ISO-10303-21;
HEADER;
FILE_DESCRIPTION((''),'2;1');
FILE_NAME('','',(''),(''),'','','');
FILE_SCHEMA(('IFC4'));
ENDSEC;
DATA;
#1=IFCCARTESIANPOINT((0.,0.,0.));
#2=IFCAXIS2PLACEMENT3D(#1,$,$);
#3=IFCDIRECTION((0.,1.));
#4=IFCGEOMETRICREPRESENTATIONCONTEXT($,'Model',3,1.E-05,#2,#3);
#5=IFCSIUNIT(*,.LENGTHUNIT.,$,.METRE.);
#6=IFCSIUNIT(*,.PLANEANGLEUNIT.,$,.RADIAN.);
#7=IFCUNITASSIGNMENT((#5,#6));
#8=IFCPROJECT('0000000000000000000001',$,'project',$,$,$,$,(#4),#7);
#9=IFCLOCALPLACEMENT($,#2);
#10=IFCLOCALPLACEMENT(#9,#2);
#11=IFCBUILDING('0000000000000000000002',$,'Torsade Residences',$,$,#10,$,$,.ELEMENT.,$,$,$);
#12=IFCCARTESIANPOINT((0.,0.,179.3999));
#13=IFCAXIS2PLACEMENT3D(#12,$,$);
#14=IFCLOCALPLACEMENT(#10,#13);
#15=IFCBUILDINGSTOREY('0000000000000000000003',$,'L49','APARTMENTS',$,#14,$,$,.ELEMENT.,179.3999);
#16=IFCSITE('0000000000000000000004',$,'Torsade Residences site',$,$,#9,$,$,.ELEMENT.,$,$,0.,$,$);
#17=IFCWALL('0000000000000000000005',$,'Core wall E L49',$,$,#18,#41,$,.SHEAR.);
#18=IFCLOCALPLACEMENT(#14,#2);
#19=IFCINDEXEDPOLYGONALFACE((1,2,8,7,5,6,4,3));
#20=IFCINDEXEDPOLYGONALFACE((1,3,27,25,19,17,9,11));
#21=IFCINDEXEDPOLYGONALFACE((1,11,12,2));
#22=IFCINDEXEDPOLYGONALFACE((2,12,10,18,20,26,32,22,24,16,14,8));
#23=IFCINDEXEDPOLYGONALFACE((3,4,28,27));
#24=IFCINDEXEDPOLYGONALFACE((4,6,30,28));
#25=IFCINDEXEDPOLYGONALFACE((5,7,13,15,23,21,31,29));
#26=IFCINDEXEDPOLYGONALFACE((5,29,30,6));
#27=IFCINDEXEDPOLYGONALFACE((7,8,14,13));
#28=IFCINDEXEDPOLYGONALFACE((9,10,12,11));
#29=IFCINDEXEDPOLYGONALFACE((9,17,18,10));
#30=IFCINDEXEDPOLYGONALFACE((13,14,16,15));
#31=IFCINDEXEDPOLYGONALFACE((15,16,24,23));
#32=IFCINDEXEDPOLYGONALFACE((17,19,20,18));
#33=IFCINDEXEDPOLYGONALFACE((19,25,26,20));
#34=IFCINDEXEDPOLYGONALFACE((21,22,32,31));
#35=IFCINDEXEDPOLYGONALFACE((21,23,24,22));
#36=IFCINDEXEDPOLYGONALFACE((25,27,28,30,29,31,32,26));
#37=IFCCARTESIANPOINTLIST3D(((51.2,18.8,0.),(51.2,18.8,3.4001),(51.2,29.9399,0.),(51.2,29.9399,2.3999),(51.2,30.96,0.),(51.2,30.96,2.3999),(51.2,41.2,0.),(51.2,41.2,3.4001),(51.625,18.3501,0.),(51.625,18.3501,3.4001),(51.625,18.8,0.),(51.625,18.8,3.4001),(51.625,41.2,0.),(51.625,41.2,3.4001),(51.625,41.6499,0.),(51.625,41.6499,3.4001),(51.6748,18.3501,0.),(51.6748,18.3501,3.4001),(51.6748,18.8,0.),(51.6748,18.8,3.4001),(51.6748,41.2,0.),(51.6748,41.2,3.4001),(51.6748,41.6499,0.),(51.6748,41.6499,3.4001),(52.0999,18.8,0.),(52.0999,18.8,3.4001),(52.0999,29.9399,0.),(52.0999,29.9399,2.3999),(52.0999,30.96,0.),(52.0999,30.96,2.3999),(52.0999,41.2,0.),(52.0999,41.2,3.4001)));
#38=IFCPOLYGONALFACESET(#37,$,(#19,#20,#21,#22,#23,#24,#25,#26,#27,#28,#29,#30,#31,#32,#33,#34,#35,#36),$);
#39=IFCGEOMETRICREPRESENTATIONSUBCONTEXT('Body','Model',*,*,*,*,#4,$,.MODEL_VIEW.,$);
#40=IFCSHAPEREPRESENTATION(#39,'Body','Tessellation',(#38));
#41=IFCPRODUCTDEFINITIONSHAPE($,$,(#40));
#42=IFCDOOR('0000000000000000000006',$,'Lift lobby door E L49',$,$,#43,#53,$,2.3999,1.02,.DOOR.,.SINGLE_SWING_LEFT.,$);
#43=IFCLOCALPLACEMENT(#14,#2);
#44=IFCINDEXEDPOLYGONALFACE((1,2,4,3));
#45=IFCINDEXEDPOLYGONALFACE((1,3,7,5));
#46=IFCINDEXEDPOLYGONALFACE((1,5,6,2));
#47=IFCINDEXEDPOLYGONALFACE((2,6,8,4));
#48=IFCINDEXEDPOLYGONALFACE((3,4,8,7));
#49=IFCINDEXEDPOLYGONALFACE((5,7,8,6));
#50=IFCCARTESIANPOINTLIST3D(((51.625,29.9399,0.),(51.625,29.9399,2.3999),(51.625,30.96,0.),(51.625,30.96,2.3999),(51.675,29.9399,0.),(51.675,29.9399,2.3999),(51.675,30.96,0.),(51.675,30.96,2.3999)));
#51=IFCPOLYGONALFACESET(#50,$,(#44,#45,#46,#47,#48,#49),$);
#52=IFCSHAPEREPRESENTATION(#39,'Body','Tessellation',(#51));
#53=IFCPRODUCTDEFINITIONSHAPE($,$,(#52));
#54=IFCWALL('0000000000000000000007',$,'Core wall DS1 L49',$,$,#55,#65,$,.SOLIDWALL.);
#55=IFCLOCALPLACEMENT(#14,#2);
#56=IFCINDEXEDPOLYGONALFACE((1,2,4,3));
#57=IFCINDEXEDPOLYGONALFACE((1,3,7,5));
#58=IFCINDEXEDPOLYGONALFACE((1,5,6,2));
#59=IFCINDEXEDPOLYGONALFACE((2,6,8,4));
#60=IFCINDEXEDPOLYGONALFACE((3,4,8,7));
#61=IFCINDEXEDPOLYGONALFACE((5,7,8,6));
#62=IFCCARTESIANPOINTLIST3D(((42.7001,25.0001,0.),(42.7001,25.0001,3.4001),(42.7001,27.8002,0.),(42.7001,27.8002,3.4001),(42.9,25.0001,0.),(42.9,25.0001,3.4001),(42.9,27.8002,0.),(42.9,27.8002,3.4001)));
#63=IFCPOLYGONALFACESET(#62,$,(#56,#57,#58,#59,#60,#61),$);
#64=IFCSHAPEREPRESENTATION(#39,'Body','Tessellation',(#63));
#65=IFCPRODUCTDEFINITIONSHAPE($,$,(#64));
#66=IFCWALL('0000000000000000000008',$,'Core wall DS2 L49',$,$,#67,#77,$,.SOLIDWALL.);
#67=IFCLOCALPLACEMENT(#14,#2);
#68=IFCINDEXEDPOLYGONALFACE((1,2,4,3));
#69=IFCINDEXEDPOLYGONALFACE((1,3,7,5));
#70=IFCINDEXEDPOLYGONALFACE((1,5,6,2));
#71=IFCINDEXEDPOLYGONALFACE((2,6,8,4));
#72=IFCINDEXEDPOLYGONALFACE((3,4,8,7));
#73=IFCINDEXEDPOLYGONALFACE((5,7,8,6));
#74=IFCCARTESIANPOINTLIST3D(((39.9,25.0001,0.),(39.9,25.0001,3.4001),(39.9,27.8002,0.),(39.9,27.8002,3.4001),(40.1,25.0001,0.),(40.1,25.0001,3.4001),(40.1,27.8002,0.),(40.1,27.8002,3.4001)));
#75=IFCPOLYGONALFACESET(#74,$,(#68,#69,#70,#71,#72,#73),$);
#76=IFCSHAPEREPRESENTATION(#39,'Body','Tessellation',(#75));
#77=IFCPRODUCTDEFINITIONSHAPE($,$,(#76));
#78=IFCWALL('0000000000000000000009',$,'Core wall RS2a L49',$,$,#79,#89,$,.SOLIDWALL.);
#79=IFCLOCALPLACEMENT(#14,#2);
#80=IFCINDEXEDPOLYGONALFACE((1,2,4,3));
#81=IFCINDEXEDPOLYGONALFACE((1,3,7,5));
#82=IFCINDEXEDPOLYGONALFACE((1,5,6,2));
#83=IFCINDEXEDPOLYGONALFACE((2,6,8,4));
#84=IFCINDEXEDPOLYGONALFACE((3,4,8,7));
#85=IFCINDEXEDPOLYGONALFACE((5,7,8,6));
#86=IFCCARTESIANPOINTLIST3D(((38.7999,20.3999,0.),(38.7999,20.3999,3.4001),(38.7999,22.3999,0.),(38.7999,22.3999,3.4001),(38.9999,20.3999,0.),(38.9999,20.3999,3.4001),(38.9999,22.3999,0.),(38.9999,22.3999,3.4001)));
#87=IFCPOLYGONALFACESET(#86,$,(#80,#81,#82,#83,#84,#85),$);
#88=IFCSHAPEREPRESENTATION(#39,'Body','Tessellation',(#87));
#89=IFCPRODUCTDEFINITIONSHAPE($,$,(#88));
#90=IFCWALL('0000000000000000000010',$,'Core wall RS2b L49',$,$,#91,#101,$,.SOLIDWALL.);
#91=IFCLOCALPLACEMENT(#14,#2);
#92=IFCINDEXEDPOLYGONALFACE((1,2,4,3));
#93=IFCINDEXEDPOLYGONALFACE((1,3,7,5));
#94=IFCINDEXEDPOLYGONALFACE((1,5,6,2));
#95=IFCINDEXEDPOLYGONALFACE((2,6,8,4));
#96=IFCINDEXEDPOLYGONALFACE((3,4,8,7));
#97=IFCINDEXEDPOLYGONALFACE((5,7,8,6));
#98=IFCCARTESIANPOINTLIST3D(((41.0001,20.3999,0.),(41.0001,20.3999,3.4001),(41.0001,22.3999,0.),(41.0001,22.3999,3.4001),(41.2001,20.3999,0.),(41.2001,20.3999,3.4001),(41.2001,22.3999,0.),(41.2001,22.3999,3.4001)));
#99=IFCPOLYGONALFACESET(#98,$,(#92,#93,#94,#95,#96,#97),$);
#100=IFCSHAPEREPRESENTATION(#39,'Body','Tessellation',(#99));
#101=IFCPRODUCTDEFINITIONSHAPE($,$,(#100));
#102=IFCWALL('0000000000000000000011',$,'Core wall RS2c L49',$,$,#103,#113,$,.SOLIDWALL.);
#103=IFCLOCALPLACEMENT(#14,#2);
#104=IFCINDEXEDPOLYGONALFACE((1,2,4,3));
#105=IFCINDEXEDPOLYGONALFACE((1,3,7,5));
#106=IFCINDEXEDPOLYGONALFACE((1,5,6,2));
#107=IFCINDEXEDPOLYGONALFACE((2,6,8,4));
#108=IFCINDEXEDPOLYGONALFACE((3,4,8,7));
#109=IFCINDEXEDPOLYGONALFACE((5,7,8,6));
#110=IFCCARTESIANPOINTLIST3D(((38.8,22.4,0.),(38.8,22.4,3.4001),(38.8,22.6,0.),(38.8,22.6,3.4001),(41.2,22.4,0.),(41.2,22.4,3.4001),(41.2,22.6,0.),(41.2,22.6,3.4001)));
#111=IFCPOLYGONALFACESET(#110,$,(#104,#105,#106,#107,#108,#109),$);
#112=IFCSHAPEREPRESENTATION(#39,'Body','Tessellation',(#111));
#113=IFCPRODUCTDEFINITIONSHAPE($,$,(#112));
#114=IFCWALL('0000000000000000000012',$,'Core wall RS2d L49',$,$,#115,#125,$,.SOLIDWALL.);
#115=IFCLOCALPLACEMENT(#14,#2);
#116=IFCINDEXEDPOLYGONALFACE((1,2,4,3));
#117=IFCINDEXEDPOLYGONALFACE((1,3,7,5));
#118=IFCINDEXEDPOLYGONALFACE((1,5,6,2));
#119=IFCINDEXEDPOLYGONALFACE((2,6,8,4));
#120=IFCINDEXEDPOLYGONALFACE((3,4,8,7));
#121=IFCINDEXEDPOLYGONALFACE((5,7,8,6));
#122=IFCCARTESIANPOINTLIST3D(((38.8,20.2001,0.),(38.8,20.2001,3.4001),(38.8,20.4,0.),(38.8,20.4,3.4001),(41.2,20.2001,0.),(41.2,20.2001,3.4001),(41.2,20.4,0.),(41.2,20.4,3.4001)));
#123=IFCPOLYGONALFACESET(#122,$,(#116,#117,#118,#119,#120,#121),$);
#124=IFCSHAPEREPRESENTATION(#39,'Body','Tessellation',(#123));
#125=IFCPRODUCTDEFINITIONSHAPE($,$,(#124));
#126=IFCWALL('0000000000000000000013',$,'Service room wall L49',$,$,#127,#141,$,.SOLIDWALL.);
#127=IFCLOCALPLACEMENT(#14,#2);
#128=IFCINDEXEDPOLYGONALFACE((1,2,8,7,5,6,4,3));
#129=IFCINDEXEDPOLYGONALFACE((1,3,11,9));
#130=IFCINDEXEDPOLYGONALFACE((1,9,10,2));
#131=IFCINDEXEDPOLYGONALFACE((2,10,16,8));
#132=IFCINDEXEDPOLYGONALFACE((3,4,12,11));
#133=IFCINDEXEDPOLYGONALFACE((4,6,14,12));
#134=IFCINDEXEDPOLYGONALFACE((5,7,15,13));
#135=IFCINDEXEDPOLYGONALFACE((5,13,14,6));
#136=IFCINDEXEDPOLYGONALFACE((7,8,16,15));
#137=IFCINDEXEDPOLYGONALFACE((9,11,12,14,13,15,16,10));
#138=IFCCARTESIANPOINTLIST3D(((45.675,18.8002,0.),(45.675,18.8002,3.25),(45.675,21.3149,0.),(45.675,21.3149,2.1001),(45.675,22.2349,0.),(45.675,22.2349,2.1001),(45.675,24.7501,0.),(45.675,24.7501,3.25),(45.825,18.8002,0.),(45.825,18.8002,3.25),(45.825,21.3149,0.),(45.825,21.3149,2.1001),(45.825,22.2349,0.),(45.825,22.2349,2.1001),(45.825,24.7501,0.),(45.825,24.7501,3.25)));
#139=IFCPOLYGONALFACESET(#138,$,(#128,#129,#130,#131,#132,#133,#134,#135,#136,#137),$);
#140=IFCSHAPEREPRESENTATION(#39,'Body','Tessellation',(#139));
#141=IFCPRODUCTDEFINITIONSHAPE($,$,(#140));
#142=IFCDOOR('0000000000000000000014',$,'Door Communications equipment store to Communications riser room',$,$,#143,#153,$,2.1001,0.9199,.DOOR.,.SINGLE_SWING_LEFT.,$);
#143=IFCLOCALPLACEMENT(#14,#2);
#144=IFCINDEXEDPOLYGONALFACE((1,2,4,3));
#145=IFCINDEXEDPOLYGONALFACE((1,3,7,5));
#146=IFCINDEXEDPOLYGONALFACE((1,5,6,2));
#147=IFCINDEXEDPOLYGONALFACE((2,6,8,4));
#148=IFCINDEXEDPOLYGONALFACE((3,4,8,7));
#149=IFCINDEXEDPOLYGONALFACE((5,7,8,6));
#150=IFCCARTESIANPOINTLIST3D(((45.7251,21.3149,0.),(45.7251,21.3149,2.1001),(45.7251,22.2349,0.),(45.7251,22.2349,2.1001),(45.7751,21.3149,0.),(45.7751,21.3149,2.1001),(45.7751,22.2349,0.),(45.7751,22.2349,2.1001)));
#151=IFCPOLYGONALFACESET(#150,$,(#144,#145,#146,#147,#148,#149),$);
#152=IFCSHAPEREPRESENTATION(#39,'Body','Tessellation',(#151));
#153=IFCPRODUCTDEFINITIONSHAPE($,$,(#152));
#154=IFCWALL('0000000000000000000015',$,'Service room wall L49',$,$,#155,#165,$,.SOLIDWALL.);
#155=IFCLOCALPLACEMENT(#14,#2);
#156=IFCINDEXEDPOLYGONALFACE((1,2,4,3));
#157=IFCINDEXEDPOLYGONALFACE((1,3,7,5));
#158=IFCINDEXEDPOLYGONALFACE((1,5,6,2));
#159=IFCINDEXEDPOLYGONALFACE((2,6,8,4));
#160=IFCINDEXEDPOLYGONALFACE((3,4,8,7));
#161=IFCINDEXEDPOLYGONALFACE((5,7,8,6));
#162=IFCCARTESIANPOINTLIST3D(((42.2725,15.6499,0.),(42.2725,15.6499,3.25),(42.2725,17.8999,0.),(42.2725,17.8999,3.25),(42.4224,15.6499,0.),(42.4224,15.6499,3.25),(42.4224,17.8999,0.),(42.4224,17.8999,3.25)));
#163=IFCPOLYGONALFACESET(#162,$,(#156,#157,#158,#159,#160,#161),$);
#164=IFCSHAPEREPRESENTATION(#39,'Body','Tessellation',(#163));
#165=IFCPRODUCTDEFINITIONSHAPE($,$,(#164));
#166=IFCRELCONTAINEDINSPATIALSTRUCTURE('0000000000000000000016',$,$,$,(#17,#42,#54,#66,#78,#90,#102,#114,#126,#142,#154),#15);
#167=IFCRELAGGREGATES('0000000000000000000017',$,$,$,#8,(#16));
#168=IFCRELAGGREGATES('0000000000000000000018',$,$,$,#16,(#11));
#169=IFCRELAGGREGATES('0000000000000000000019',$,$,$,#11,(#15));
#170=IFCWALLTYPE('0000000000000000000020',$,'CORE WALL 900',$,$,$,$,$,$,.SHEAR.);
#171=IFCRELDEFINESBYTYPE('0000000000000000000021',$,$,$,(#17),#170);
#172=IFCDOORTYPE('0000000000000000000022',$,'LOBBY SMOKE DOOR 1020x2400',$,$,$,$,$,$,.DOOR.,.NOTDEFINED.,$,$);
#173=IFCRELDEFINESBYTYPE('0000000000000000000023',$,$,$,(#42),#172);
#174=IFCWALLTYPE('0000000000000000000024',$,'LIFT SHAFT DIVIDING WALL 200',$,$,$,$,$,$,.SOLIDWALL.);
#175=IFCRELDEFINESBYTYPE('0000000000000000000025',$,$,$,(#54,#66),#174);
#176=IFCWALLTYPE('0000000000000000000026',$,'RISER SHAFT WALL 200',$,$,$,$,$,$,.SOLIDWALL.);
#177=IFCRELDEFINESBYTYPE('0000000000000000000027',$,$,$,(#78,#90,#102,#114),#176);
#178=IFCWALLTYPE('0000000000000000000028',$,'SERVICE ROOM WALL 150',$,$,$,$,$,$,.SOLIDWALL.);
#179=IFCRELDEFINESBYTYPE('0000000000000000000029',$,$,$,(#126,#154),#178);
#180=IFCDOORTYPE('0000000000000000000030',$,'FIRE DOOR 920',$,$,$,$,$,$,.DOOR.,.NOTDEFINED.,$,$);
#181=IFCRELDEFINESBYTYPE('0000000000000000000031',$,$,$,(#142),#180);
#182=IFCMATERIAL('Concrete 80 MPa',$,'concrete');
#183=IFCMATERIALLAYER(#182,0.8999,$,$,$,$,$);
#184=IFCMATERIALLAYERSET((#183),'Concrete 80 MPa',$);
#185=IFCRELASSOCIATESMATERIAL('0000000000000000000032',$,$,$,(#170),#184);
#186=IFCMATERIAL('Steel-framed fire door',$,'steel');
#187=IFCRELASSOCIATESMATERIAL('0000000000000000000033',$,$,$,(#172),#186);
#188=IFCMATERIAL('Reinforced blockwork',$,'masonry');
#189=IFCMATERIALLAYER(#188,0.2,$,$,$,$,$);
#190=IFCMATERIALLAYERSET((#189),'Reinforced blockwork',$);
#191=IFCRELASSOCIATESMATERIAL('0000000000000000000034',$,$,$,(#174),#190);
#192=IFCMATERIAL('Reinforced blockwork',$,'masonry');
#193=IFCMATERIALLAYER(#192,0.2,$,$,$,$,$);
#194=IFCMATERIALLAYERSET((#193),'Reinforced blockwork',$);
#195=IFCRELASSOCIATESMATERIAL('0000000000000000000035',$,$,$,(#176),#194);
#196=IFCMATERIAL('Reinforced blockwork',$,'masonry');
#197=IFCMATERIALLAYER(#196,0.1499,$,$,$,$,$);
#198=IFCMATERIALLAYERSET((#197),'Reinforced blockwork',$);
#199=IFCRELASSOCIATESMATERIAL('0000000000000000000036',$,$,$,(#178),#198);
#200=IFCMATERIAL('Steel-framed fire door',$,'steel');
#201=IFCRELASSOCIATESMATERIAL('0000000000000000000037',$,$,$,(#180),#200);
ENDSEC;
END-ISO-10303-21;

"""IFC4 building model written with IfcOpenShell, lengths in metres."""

from ifc_helpers import new_model, si_unit, direction, frame, frame_2d, origin, place, context, subcontext, project, spatial, polyline, rectangle, outline, extrude, material, layer, layer_set, type_object, element, fill, save


model = new_model("IFC4")

# Units and contexts
model_context = context("Model", 3, precision=1e-05, world=origin(), true_north=direction((0.0, 1.0)))
body_context = subcontext(model_context, "Body", "Model", "MODEL_VIEW")
ifc_project = project(units=[si_unit("LENGTHUNIT", "METRE"), si_unit("PLANEANGLEUNIT", "RADIAN")], contexts=[model_context])

# Site, building, storey
site_placement = place(None, origin())
site = spatial("IfcSite", under=ifc_project, at=site_placement, Name="Torsade Residences site", CompositionType="ELEMENT", RefElevation=0.0)
building_placement = place(site_placement, origin())
building = spatial("IfcBuilding", under=site, at=building_placement, Name="Torsade Residences", CompositionType="ELEMENT")
storey_placement = place(building_placement, frame((0.0, 0.0, 179.3999)))
storey = spatial("IfcBuildingStorey", under=building, at=storey_placement, Name="L49", Description="APARTMENTS", CompositionType="ELEMENT", Elevation=179.3999)

# Shared definitions
ifc_material_1 = material(Name="Concrete 80 MPa", Category="concrete")
ifc_layer_1 = layer(ifc_material_1, 0.8999)
ifc_layer_set_1 = layer_set([ifc_layer_1], Name="Concrete 80 MPa")
wall_type_1 = type_object("IfcWallType", Name="CORE WALL 900", PredefinedType="SHEAR", material=ifc_layer_set_1)

# Wall, opening, door
wall_1_placement = place(storey_placement, frame((51.6499, 18.8, 0.0), z_axis=(0.0, 0.0, 1.0), x_axis=(0.0, 1.0, 0.0)))
wall_1 = element("IfcWall", 1, at=wall_1_placement, inside=storey, type_object=wall_type_1, Name="Core wall E L49", PredefinedType="SHEAR", context=body_context, shape_type="SweptSolid", body=[
    extrude(outline(polyline([(0.0, -0.45), (22.3999, -0.45), (22.3999, -0.0249), (22.8499, -0.0249), (22.8499, 0.0249), (22.3999, 0.0249), (22.3999, 0.45), (0.0, 0.45), (0.0, 0.0249), (-0.45, 0.0249), (-0.45, -0.0249), (0.0, -0.0249), (0.0, -0.45)])), origin(), (0.0, 0.0, 1.0), 3.4001),
])
opening_1_placement = place(wall_1_placement, frame((11.1399, 0.0, 0.0)))
opening_1 = element("IfcOpeningElement", 2, at=opening_1_placement, cuts=wall_1, PredefinedType="OPENING", context=body_context, shape_type="SweptSolid", body=[
    extrude(rectangle(XDim=1.02, YDim=2.3999, at=frame_2d((0.51, 1.2))), frame((0.0, 0.46, 0.0), z_axis=(0.0, -1.0, 0.0), x_axis=(1.0, 0.0, 0.0)), (0.0, 0.0, 1.0), 0.9199),
])
ifc_material_2 = material(Name="Steel-framed fire door", Category="steel")
door_type_1 = type_object("IfcDoorType", Name="LOBBY SMOKE DOOR 1020x2400", OperationType="NOTDEFINED", PredefinedType="DOOR", material=ifc_material_2)
door_1_placement = place(opening_1_placement, origin())
door_1 = element("IfcDoor", 3, at=door_1_placement, inside=storey, type_object=door_type_1, Name="Lift lobby door E L49", OperationType="SINGLE_SWING_LEFT", OverallHeight=2.3999, OverallWidth=1.02, PredefinedType="DOOR", context=body_context, shape_type="SweptSolid", body=[
    extrude(rectangle(XDim=1.02, YDim=2.3999, at=frame_2d((0.51, 1.2))), frame((0.0, 0.0249, 0.0), z_axis=(0.0, -1.0, 0.0), x_axis=(1.0, 0.0, 0.0)), (0.0, 0.0, 1.0), 0.05),
])
fill(opening_1, door_1)

# Walls
ifc_material_3 = material(Name="Reinforced blockwork", Category="masonry")
ifc_layer_2 = layer(ifc_material_3, 0.2)
ifc_layer_set_2 = layer_set([ifc_layer_2], Name="Reinforced blockwork")
wall_type_2 = type_object("IfcWallType", Name="LIFT SHAFT DIVIDING WALL 200", PredefinedType="SOLIDWALL", material=ifc_layer_set_2)
for number, where, z_axis, x_axis, name in (
    (4, (42.8, 27.8, 0.0), (0.0, 0.0, 1.0), (0.0, -1.0, 0.0), "Core wall DS1 L49"),
    (5, (40.0, 27.8, 0.0), (0.0, 0.0, 1.0), (0.0, -1.0, 0.0), "Core wall DS2 L49"),
):
    element("IfcWall", number, at=place(storey_placement, frame(where, z_axis=z_axis, x_axis=x_axis)), inside=storey, type_object=wall_type_2, Name=name, PredefinedType="SOLIDWALL", context=body_context, shape_type="SweptSolid", body=[
        extrude(rectangle(XDim=2.8, YDim=0.2, at=frame_2d((1.3999, 0.0))), origin(), (0.0, 0.0, 1.0), 3.4001),
    ])
ifc_material_4 = material(Name="Reinforced blockwork", Category="masonry")
ifc_layer_3 = layer(ifc_material_4, 0.2)
ifc_layer_set_3 = layer_set([ifc_layer_3], Name="Reinforced blockwork")
wall_type_3 = type_object("IfcWallType", Name="RISER SHAFT WALL 200", PredefinedType="SOLIDWALL", material=ifc_layer_set_3)
for number, where, z_axis, x_axis, name in (
    (6, (38.8999, 22.3999, 0.0), (0.0, 0.0, 1.0), (0.0, -1.0, 0.0), "Core wall RS2a L49"),
    (7, (41.1001, 22.3999, 0.0), (0.0, 0.0, 1.0), (0.0, -1.0, 0.0), "Core wall RS2b L49"),
):
    element("IfcWall", number, at=place(storey_placement, frame(where, z_axis=z_axis, x_axis=x_axis)), inside=storey, type_object=wall_type_3, Name=name, PredefinedType="SOLIDWALL", context=body_context, shape_type="SweptSolid", body=[
        extrude(rectangle(XDim=2.0, YDim=0.2, at=frame_2d((1.0, 0.0))), origin(), (0.0, 0.0, 1.0), 3.4001),
    ])
for number, where, z_axis, x_axis, name in (
    (8, (38.8, 22.5, 0.0), (0.0, 0.0, 1.0), (1.0, 0.0, 0.0), "Core wall RS2c L49"),
    (9, (38.8, 20.3, 0.0), (0.0, 0.0, 1.0), (1.0, 0.0, 0.0), "Core wall RS2d L49"),
):
    element("IfcWall", number, at=place(storey_placement, frame(where, z_axis=z_axis, x_axis=x_axis)), inside=storey, type_object=wall_type_3, Name=name, PredefinedType="SOLIDWALL", context=body_context, shape_type="SweptSolid", body=[
        extrude(rectangle(XDim=2.3999, YDim=0.2, at=frame_2d((1.2, 0.0))), origin(), (0.0, 0.0, 1.0), 3.4001),
    ])

# Wall, opening, door
ifc_material_5 = material(Name="Reinforced blockwork", Category="masonry")
ifc_layer_4 = layer(ifc_material_5, 0.1499)
ifc_layer_set_4 = layer_set([ifc_layer_4], Name="Reinforced blockwork")
wall_type_4 = type_object("IfcWallType", Name="SERVICE ROOM WALL 150", PredefinedType="SOLIDWALL", material=ifc_layer_set_4)
wall_2_placement = place(storey_placement, frame((45.75, 18.8, 0.0), z_axis=(0.0, 0.0, 1.0), x_axis=(0.0, 1.0, 0.0)))
wall_2 = element("IfcWall", 10, at=wall_2_placement, inside=storey, type_object=wall_type_4, Name="Service room wall L49", PredefinedType="SOLIDWALL", context=body_context, shape_type="SweptSolid", body=[
    extrude(rectangle(XDim=5.95, YDim=0.1499, at=frame_2d((2.9751, 0.0))), origin(), (0.0, 0.0, 1.0), 3.25),
])
opening_2_placement = place(wall_2_placement, frame((2.5149, 0.0, 0.0)))
opening_2 = element("IfcOpeningElement", 11, at=opening_2_placement, cuts=wall_2, PredefinedType="OPENING", context=body_context, shape_type="SweptSolid", body=[
    extrude(rectangle(XDim=0.9199, YDim=2.1001, at=frame_2d((0.46, 1.05))), frame((0.0, 0.085, 0.0), z_axis=(0.0, -1.0, 0.0), x_axis=(1.0, 0.0, 0.0)), (0.0, 0.0, 1.0), 0.1699),
])
ifc_material_6 = material(Name="Steel-framed fire door", Category="steel")
door_type_2 = type_object("IfcDoorType", Name="FIRE DOOR 920", OperationType="NOTDEFINED", PredefinedType="DOOR", material=ifc_material_6)
door_2_placement = place(opening_2_placement, origin())
door_2 = element("IfcDoor", 12, at=door_2_placement, inside=storey, type_object=door_type_2, Name="Door Communications equipment store to Communications riser room", OperationType="SINGLE_SWING_LEFT", OverallHeight=2.1001, OverallWidth=0.9199, PredefinedType="DOOR", context=body_context, shape_type="SweptSolid", body=[
    extrude(rectangle(XDim=0.9199, YDim=2.1001, at=frame_2d((0.46, 1.05))), frame((0.0, 0.0249, 0.0), z_axis=(0.0, -1.0, 0.0), x_axis=(1.0, 0.0, 0.0)), (0.0, 0.0, 1.0), 0.05),
])
fill(opening_2, door_2)

# Wall
wall_3_placement = place(storey_placement, frame((42.3474, 15.6499, 0.0), z_axis=(0.0, 0.0, 1.0), x_axis=(0.0, 1.0, 0.0)))
element("IfcWall", 13, at=wall_3_placement, inside=storey, type_object=wall_type_4, Name="Service room wall L49", PredefinedType="SOLIDWALL", context=body_context, shape_type="SweptSolid", body=[
    extrude(rectangle(XDim=2.25, YDim=0.1499, at=frame_2d((1.125, 0.0))), origin(), (0.0, 0.0, 1.0), 3.25),
])

save(model, "model.ifc")
